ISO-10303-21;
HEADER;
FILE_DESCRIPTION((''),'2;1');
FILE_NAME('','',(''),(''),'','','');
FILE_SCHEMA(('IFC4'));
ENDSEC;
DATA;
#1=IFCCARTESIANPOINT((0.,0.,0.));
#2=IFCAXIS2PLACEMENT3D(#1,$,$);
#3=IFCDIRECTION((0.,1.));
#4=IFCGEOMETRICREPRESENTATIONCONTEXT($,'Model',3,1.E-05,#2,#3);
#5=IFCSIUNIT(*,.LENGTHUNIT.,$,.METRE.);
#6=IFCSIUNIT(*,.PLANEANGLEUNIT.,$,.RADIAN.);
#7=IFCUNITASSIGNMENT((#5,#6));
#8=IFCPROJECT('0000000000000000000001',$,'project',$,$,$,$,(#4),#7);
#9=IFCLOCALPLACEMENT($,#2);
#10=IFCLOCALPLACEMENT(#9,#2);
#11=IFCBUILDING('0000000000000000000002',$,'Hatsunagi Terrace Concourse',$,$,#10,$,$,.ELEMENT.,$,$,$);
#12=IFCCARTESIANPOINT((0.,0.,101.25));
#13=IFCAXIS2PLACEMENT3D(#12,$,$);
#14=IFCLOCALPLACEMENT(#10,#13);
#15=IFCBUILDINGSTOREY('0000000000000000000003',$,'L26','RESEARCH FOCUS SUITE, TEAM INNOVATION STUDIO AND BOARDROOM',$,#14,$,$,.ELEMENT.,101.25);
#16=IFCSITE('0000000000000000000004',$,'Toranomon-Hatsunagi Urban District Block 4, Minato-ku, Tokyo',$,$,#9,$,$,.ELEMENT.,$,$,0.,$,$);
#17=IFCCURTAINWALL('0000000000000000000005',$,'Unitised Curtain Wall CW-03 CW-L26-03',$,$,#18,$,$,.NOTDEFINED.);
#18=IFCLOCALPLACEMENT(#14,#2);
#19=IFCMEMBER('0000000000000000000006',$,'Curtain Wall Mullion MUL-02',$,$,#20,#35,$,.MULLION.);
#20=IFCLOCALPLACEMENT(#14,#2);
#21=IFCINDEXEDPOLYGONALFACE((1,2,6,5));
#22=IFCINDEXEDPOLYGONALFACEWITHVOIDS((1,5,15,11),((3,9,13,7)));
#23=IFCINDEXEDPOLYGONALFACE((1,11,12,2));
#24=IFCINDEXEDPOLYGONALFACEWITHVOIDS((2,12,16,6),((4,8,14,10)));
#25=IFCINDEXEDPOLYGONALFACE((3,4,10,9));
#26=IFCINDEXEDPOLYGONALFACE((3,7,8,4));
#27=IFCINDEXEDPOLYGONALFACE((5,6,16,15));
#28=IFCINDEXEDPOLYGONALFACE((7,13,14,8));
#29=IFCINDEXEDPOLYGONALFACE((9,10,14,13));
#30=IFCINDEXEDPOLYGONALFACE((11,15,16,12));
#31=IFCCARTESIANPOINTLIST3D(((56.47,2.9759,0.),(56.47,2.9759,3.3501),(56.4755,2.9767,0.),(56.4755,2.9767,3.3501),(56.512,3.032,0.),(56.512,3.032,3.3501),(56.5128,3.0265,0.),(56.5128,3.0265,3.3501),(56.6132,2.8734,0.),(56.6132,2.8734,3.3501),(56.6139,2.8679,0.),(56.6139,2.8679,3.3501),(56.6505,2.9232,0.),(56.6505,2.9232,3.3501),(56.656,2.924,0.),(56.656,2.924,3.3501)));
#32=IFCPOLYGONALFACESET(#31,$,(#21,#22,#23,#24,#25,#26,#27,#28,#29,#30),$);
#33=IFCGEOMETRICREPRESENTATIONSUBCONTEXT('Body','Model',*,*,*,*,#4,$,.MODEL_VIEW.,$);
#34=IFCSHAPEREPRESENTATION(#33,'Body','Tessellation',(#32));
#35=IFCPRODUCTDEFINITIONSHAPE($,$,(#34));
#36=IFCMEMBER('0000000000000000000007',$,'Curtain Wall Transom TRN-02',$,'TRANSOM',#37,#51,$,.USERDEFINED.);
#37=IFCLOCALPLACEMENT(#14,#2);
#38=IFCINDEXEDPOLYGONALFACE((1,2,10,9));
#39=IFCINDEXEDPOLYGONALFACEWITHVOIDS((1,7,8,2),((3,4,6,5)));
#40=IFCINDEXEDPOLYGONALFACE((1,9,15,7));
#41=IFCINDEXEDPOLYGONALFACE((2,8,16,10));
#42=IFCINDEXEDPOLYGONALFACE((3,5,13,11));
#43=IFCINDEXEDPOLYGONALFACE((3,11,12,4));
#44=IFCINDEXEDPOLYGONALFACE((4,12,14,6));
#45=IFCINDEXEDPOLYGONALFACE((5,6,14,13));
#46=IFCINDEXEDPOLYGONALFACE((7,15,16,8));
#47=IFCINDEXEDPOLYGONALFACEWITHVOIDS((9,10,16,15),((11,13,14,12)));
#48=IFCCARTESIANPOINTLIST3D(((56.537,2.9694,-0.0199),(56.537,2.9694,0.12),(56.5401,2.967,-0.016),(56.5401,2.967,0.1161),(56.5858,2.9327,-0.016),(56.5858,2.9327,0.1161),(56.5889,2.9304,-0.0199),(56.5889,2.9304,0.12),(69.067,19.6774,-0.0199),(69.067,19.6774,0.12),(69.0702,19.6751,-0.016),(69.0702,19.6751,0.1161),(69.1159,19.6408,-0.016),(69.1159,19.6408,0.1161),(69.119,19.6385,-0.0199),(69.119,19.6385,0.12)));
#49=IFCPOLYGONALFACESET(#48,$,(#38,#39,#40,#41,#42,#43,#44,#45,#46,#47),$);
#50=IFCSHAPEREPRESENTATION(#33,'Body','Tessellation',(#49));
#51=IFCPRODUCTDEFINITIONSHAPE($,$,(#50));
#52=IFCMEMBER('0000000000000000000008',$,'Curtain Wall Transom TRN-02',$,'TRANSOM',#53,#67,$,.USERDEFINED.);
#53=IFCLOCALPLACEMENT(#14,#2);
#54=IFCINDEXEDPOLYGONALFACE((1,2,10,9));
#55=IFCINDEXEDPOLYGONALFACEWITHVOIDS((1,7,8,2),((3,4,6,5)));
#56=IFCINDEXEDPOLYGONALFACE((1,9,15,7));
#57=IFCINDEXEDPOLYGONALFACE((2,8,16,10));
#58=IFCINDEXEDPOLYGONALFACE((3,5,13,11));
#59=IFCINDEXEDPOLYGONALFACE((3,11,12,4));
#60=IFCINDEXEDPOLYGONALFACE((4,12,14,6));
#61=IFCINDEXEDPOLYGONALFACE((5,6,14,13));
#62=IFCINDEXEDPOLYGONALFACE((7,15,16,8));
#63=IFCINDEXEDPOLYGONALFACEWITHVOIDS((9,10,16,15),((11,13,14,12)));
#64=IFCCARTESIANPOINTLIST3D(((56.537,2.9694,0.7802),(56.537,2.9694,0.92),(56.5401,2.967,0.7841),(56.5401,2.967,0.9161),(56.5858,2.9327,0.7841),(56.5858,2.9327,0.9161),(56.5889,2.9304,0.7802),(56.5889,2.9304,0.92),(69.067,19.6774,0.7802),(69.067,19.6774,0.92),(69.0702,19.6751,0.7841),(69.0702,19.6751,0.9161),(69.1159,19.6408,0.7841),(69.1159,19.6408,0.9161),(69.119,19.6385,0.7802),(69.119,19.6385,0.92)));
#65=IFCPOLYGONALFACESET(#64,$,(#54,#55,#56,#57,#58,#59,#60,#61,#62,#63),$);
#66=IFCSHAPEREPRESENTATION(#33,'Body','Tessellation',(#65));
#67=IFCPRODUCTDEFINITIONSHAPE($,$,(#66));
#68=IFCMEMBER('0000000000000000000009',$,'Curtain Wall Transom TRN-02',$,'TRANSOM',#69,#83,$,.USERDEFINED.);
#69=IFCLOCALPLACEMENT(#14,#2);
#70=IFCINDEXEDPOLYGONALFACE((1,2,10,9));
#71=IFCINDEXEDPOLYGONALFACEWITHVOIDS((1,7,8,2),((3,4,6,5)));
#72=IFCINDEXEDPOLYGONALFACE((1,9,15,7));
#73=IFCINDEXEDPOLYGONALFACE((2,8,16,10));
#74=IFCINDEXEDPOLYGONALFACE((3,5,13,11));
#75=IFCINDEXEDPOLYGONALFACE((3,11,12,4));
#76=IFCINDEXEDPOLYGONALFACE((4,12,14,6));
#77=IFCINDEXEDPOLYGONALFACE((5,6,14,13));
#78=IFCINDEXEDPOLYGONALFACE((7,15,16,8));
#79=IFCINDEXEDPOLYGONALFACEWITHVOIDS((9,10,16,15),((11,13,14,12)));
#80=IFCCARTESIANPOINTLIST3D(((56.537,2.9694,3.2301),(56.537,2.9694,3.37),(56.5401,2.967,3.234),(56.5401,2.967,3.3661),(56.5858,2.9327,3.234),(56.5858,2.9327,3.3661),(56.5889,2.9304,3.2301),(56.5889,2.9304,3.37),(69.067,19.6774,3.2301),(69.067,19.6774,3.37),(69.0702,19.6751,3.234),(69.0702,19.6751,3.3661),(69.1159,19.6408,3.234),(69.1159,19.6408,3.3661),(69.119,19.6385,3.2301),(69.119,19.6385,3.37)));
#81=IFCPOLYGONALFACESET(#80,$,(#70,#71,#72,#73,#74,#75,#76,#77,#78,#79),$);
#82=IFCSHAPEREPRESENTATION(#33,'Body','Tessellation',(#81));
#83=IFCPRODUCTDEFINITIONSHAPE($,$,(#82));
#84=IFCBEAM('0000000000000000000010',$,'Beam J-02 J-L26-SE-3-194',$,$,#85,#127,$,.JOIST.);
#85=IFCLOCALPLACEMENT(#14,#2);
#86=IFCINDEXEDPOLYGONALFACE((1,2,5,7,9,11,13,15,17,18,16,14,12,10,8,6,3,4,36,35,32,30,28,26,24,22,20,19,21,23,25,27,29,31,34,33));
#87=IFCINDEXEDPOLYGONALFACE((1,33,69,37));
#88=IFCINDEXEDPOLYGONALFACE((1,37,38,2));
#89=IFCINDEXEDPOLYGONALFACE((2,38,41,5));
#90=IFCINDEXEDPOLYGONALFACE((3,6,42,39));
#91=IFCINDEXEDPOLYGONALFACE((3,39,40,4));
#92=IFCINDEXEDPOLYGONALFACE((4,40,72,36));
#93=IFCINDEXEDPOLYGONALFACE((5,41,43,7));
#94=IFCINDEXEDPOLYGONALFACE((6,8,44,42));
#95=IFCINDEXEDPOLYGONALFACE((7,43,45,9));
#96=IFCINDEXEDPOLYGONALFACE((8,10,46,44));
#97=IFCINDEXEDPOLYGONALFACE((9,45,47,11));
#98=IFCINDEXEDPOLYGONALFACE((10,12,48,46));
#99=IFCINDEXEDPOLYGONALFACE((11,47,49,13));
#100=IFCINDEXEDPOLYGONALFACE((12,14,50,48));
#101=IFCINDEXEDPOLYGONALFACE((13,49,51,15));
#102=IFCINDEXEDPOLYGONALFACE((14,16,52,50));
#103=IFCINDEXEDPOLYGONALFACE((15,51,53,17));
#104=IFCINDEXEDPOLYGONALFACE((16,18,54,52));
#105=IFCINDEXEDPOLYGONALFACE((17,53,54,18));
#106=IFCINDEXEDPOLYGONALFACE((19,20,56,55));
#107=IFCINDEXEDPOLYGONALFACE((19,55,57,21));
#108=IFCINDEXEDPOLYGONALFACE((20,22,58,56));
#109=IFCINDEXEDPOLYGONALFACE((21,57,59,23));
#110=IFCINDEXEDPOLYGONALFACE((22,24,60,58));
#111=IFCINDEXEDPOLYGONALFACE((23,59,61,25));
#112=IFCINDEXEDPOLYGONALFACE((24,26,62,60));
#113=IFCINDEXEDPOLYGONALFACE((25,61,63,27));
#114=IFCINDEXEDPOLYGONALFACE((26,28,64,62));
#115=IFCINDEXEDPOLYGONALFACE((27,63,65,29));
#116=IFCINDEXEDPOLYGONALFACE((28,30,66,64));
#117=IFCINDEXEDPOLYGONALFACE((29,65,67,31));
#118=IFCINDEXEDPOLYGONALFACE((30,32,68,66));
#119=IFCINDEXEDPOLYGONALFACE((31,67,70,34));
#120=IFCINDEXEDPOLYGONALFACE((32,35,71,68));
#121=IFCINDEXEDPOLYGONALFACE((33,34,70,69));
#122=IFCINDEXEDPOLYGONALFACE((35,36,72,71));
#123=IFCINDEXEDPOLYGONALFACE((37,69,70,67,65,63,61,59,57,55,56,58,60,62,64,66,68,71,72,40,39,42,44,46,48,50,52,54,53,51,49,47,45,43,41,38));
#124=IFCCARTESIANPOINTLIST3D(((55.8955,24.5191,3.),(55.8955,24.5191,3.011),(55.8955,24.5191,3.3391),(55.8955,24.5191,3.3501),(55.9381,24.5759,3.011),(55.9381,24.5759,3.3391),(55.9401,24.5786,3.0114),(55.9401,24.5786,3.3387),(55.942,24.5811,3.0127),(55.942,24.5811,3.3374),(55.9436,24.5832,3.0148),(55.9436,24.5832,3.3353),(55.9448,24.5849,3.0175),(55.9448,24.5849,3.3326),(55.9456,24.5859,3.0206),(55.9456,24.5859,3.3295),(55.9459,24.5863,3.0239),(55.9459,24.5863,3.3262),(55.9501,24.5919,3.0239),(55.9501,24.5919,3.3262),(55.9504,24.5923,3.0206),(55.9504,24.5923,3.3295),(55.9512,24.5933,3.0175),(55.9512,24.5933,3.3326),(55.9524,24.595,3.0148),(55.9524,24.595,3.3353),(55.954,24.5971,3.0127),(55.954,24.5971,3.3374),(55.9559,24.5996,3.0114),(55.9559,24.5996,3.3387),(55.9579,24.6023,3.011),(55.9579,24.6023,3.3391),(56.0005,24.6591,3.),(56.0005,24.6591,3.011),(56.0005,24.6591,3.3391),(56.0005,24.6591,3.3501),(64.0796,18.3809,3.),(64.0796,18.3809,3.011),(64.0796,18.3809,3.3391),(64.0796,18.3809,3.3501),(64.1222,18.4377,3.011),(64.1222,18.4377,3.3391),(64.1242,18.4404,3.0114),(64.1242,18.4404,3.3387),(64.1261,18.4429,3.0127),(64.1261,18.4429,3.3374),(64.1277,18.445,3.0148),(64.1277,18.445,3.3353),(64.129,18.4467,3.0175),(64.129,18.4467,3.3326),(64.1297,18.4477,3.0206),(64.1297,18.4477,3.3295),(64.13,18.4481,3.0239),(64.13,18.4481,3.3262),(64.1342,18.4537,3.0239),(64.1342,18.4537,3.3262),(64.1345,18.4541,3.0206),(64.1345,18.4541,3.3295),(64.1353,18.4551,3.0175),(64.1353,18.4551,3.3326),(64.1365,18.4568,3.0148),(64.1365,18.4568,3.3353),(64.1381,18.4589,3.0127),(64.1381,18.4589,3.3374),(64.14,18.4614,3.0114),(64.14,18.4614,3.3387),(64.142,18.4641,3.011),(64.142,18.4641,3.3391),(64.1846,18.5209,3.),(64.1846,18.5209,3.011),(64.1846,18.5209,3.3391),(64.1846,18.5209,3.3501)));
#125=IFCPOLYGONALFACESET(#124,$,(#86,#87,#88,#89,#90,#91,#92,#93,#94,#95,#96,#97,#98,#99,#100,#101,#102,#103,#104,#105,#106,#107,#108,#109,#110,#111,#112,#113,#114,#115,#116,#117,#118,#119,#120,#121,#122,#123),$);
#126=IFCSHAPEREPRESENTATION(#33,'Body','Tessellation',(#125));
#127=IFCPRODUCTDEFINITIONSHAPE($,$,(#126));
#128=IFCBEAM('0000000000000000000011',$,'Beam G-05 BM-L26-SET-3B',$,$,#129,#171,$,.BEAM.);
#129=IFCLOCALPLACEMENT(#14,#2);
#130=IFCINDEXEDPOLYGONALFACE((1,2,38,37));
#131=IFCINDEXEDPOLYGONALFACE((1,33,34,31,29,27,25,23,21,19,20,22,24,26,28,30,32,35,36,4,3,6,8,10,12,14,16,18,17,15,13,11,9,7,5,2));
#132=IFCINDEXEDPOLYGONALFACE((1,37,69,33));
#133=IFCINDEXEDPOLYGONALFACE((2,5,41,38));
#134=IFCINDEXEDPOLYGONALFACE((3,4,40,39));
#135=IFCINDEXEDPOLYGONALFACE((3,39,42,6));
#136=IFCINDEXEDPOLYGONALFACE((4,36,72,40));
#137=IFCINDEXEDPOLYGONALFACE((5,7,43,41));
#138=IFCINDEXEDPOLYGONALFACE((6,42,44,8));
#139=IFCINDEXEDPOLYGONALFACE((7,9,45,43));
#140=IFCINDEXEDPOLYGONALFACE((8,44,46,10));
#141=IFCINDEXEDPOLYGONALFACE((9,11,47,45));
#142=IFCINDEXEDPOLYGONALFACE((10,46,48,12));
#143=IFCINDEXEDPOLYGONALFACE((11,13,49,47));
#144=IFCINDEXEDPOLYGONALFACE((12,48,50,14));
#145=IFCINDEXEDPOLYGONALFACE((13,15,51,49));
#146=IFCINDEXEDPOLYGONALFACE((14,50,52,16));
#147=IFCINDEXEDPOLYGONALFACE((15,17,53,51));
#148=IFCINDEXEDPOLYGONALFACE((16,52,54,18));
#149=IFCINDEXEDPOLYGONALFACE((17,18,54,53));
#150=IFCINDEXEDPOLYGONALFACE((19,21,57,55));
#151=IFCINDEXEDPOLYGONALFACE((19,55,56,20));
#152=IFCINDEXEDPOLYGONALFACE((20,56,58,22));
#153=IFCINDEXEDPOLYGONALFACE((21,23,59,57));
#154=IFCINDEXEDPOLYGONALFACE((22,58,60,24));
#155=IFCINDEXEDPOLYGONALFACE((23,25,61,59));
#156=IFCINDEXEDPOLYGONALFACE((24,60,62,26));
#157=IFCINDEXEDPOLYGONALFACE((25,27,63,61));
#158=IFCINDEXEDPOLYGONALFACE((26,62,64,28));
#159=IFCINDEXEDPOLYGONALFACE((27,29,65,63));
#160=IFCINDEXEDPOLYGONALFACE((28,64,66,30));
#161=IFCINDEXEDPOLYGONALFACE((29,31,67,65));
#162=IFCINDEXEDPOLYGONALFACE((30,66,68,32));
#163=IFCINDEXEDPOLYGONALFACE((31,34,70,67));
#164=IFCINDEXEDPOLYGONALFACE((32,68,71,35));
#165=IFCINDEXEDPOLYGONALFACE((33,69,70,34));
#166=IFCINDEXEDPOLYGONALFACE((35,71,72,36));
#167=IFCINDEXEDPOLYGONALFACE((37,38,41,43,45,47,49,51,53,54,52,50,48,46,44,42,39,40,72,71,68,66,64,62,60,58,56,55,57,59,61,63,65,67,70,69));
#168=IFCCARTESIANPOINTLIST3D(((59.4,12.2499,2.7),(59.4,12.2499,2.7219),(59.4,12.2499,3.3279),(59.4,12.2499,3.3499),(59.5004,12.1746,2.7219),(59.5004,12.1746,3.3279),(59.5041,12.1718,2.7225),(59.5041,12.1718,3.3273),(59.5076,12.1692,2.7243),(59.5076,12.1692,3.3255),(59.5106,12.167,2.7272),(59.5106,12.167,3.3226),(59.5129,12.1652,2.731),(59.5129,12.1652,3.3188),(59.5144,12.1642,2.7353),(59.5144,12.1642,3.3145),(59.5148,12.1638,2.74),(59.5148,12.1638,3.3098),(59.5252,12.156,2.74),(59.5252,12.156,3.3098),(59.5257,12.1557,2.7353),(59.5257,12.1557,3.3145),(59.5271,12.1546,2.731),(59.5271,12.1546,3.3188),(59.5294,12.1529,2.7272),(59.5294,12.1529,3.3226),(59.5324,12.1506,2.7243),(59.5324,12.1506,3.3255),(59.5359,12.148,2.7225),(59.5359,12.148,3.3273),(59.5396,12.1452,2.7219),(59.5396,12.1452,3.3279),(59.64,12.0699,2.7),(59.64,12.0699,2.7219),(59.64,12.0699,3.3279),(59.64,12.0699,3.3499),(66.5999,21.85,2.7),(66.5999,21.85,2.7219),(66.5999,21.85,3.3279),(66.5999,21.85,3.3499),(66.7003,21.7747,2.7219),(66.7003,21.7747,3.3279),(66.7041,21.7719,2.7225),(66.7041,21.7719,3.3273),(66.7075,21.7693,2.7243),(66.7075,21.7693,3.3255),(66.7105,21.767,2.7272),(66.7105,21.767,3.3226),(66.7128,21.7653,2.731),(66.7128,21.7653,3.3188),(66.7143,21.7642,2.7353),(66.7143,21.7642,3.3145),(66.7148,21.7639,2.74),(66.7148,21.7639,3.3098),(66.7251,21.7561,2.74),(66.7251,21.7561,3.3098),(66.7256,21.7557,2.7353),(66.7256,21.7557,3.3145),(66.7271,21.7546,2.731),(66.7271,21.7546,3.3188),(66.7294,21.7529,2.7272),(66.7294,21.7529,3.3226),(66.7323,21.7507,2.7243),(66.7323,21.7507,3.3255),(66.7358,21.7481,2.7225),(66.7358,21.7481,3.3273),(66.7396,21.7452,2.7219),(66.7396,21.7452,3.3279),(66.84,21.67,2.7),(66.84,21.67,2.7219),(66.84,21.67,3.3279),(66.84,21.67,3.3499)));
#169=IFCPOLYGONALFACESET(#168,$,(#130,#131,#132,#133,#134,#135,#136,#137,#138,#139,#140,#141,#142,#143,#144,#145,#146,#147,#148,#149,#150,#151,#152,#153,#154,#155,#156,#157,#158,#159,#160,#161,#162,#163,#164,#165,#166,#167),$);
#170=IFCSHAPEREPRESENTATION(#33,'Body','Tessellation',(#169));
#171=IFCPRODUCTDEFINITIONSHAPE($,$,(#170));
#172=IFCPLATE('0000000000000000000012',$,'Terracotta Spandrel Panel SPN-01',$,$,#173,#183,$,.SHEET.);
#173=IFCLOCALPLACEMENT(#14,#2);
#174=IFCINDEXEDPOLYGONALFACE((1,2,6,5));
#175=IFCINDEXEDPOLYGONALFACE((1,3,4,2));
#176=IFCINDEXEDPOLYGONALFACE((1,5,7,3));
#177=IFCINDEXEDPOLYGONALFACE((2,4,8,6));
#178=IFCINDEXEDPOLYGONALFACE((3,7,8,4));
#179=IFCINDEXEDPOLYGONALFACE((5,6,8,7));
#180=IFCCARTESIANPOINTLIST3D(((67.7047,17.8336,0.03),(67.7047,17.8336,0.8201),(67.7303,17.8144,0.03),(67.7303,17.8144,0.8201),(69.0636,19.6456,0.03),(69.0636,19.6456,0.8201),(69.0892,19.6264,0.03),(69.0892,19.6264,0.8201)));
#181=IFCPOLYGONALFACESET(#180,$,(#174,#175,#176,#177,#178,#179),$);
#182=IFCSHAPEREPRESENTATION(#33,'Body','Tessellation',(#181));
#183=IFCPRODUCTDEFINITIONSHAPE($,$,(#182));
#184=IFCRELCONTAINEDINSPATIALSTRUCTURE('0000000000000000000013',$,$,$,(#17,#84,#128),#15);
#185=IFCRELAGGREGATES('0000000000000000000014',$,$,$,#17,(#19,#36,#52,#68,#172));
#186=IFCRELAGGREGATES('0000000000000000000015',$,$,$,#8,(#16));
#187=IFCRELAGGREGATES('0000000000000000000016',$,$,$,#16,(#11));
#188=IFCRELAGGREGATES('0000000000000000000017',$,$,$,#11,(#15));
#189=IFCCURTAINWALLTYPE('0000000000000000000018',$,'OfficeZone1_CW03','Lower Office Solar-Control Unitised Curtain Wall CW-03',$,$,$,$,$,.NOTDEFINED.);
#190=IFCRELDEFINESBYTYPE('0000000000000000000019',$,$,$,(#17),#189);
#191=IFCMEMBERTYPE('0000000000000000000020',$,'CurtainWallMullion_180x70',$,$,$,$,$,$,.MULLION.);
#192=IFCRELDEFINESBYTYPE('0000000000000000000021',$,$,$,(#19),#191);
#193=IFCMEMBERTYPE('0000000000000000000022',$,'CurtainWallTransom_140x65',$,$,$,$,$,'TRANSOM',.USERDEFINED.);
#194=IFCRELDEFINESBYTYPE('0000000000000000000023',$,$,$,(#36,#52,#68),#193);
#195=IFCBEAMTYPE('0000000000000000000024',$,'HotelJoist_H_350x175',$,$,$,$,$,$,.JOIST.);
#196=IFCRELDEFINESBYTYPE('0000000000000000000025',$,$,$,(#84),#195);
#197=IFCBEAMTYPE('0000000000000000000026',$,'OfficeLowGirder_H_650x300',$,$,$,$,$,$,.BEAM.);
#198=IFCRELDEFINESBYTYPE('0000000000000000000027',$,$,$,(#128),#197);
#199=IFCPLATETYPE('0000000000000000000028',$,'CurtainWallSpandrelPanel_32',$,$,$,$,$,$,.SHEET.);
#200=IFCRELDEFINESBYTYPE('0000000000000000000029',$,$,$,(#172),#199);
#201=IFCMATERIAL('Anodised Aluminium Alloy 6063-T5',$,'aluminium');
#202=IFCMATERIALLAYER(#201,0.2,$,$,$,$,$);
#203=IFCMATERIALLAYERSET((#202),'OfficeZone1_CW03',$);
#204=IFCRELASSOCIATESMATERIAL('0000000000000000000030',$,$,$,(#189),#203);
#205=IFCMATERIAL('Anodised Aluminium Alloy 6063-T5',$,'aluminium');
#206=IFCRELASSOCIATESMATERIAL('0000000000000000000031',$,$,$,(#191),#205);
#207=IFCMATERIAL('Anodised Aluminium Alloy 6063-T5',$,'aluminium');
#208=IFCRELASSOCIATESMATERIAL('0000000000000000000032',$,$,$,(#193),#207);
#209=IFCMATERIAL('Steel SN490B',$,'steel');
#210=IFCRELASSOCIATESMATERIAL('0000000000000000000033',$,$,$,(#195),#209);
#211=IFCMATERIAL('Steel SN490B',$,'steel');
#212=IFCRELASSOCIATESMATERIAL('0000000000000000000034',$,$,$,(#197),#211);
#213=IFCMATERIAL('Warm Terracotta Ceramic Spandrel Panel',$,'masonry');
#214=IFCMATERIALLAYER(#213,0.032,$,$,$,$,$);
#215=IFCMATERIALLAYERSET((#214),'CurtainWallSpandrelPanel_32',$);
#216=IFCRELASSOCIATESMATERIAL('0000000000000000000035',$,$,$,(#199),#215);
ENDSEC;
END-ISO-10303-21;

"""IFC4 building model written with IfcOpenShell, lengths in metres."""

from ifc_helpers import new_model, si_unit, direction, frame, origin, origin_2d, place, context, subcontext, project, spatial, rectangle, hollow_rectangle, i_section, extrude, material, layer, layer_set, material_profile, profile_set, type_object, element, aggregate, save


model = new_model("IFC4")

# Units and contexts
model_context = context("Model", 3, precision=1e-05, world=origin(), true_north=direction((0.0, 1.0)))
body_context = subcontext(model_context, "Body", "Model", "MODEL_VIEW")
ifc_project = project(units=[si_unit("LENGTHUNIT", "METRE"), si_unit("PLANEANGLEUNIT", "RADIAN")], contexts=[model_context])

# Site, building, storey
site_placement = place(None, origin())
site = spatial("IfcSite", under=ifc_project, at=site_placement, Name="Toranomon-Hatsunagi Urban District Block 4, Minato-ku, Tokyo", CompositionType="ELEMENT", RefElevation=0.0)
building_placement = place(site_placement, origin())
building = spatial("IfcBuilding", under=site, at=building_placement, Name="Hatsunagi Terrace Concourse", CompositionType="ELEMENT")
storey_placement = place(building_placement, frame((0.0, 0.0, 101.25)))
storey = spatial("IfcBuildingStorey", under=building, at=storey_placement, Name="L26", Description="RESEARCH FOCUS SUITE, TEAM INNOVATION STUDIO AND BOARDROOM", CompositionType="ELEMENT", Elevation=101.25)

# Curtain wall, members
ifc_material_1 = material(Name="Anodised Aluminium Alloy 6063-T5", Category="aluminium")
ifc_layer_1 = layer(ifc_material_1, 0.2)
ifc_layer_set_1 = layer_set([ifc_layer_1], Name="OfficeZone1_CW03")
curtain_wall_type = type_object("IfcCurtainWallType", Name="OfficeZone1_CW03", Description="Lower Office Solar-Control Unitised Curtain Wall CW-03", PredefinedType="NOTDEFINED", material=ifc_layer_set_1)
curtain_wall_placement = place(storey_placement, origin())
curtain_wall = element("IfcCurtainWall", 1, at=curtain_wall_placement, inside=storey, type_object=curtain_wall_type, Name="Unitised Curtain Wall CW-03 CW-L26-03", PredefinedType="NOTDEFINED")
ifc_material_2 = material(Name="Anodised Aluminium Alloy 6063-T5", Category="aluminium")
ifc_material_profile_1 = material_profile(ifc_material_2, hollow_rectangle(XDim=0.0701, YDim=0.1799, WallThickness=0.0039, at=origin_2d()), Name="ALU-MUL-180x70x4")
ifc_profile_set_1 = profile_set([ifc_material_profile_1], Name="Anodised Aluminium Alloy 6063-T5")
member_type_1 = type_object("IfcMemberType", Name="CurtainWallMullion_180x70", PredefinedType="MULLION", material=ifc_profile_set_1)
member_1_placement = place(storey_placement, frame((56.563, 2.95, 0.0), z_axis=(0.0, 0.0, 1.0), x_axis=(-0.599969, -0.800023, 0.0)))
member_1 = element("IfcMember", 2, at=member_1_placement, type_object=member_type_1, Name="Curtain Wall Mullion MUL-02", PredefinedType="MULLION", context=body_context, shape_type="SweptSolid", body=[
    extrude(hollow_rectangle(XDim=0.0701, YDim=0.1799, WallThickness=0.0039, at=origin_2d()), origin(), (0.0, 0.0, 1.0), 3.3501),
])
ifc_material_3 = material(Name="Anodised Aluminium Alloy 6063-T5", Category="aluminium")
ifc_material_profile_2 = material_profile(ifc_material_3, hollow_rectangle(XDim=0.0649, YDim=0.1399, WallThickness=0.0039, at=origin_2d()), Name="ALU-TRN-140x65x4")
ifc_profile_set_2 = profile_set([ifc_material_profile_2], Name="Anodised Aluminium Alloy 6063-T5")
member_type_2 = type_object("IfcMemberType", Name="CurtainWallTransom_140x65", ElementType="TRANSOM", PredefinedType="USERDEFINED", material=ifc_profile_set_2)
member_2_placement = place(storey_placement, frame((69.093, 19.658, 0.05), z_axis=(-0.59997, -0.800022, 0.0), x_axis=(0.800022, -0.59997, 0.0)))
member_2 = element("IfcMember", 3, at=member_2_placement, type_object=member_type_2, Name="Curtain Wall Transom TRN-02", ObjectType="TRANSOM", PredefinedType="USERDEFINED", context=body_context, shape_type="SweptSolid", body=[
    extrude(hollow_rectangle(XDim=0.0649, YDim=0.1399, WallThickness=0.0039, at=origin_2d()), origin(), (0.0, 0.0, 1.0), 20.8845),
])
member_3_placement = place(storey_placement, frame((69.093, 19.658, 0.8501), z_axis=(-0.59997, -0.800022, 0.0), x_axis=(0.800022, -0.59997, 0.0)))
member_3 = element("IfcMember", 4, at=member_3_placement, type_object=member_type_2, Name="Curtain Wall Transom TRN-02", ObjectType="TRANSOM", PredefinedType="USERDEFINED", context=body_context, shape_type="SweptSolid", body=[
    extrude(hollow_rectangle(XDim=0.0649, YDim=0.1399, WallThickness=0.0039, at=origin_2d()), origin(), (0.0, 0.0, 1.0), 20.8845),
])
member_4_placement = place(storey_placement, frame((69.093, 19.658, 3.3), z_axis=(-0.59997, -0.800022, 0.0), x_axis=(0.800022, -0.59997, 0.0)))
member_4 = element("IfcMember", 5, at=member_4_placement, type_object=member_type_2, Name="Curtain Wall Transom TRN-02", ObjectType="TRANSOM", PredefinedType="USERDEFINED", context=body_context, shape_type="SweptSolid", body=[
    extrude(hollow_rectangle(XDim=0.0649, YDim=0.1399, WallThickness=0.0039, at=origin_2d()), origin(), (0.0, 0.0, 1.0), 20.8845),
])

# Beams
ifc_material_4 = material(Name="Steel SN490B", Category="steel")
ifc_material_profile_3 = material_profile(ifc_material_4, i_section(OverallWidth=0.175, OverallDepth=0.3501, WebThickness=0.0071, FlangeThickness=0.011, FilletRadius=0.0129, at=origin_2d()), Name="H-350x175x7x11")
ifc_profile_set_3 = profile_set([ifc_material_profile_3], Name="Steel SN490B")
beam_type_1 = type_object("IfcBeamType", Name="HotelJoist_H_350x175", PredefinedType="JOIST", material=ifc_profile_set_3)
beam_1_placement = place(storey_placement, frame((55.948, 24.5891, 3.175), z_axis=(0.799994, -0.600008, 0.0), x_axis=(0.600008, 0.799994, 0.0)))
element("IfcBeam", 6, at=beam_1_placement, inside=storey, type_object=beam_type_1, Name="Beam J-02 J-L26-SE-3-194", PredefinedType="JOIST", context=body_context, shape_type="SweptSolid", body=[
    extrude(i_section(OverallWidth=0.175, OverallDepth=0.3501, WebThickness=0.0071, FlangeThickness=0.011, FilletRadius=0.0129, at=origin_2d()), origin(), (0.0, 0.0, 1.0), 10.2302),
])
ifc_material_5 = material(Name="Steel SN490B", Category="steel")
ifc_material_profile_4 = material_profile(ifc_material_5, i_section(OverallWidth=0.3, OverallDepth=0.6499, WebThickness=0.0129, FlangeThickness=0.022, FilletRadius=0.0181, at=origin_2d()), Name="H-650x300x13x22")
ifc_profile_set_4 = profile_set([ifc_material_profile_4], Name="Steel SN490B")
beam_type_2 = type_object("IfcBeamType", Name="OfficeLowGirder_H_650x300", PredefinedType="BEAM", material=ifc_profile_set_4)
beam_2_placement = place(storey_placement, frame((59.52, 12.1599, 3.0249), z_axis=(0.599993, 0.800005, 0.0), x_axis=(-0.800005, 0.599993, 0.0)))
element("IfcBeam", 7, at=beam_2_placement, inside=storey, type_object=beam_type_2, Name="Beam G-05 BM-L26-SET-3B", PredefinedType="BEAM", context=body_context, shape_type="SweptSolid", body=[
    extrude(i_section(OverallWidth=0.3, OverallDepth=0.6499, WebThickness=0.0129, FlangeThickness=0.022, FilletRadius=0.0181, at=origin_2d()), origin(), (0.0, 0.0, 1.0), 12.0),
])

# Plate
ifc_material_6 = material(Name="Warm Terracotta Ceramic Spandrel Panel", Category="masonry")
ifc_layer_2 = layer(ifc_material_6, 0.032)
ifc_layer_set_2 = layer_set([ifc_layer_2], Name="CurtainWallSpandrelPanel_32")
plate_type_1 = type_object("IfcPlateType", Name="CurtainWallSpandrelPanel_32", PredefinedType="SHEET", material=ifc_layer_set_2)
plate_1_placement = place(storey_placement, frame((68.397, 18.73, 0.03), z_axis=(0.0, 0.0, 1.0), x_axis=(-0.599969, -0.800023, 0.0)))
plate_1 = element("IfcPlate", 8, at=plate_1_placement, type_object=plate_type_1, Name="Terracotta Spandrel Panel SPN-01", PredefinedType="SHEET", context=body_context, shape_type="SweptSolid", body=[
    extrude(rectangle(XDim=2.2649, YDim=0.032, at=origin_2d()), origin(), (0.0, 0.0, 1.0), 0.79),
])
aggregate(curtain_wall, [member_1, member_2, member_3, member_4, plate_1])

save(model, "model.ifc")
